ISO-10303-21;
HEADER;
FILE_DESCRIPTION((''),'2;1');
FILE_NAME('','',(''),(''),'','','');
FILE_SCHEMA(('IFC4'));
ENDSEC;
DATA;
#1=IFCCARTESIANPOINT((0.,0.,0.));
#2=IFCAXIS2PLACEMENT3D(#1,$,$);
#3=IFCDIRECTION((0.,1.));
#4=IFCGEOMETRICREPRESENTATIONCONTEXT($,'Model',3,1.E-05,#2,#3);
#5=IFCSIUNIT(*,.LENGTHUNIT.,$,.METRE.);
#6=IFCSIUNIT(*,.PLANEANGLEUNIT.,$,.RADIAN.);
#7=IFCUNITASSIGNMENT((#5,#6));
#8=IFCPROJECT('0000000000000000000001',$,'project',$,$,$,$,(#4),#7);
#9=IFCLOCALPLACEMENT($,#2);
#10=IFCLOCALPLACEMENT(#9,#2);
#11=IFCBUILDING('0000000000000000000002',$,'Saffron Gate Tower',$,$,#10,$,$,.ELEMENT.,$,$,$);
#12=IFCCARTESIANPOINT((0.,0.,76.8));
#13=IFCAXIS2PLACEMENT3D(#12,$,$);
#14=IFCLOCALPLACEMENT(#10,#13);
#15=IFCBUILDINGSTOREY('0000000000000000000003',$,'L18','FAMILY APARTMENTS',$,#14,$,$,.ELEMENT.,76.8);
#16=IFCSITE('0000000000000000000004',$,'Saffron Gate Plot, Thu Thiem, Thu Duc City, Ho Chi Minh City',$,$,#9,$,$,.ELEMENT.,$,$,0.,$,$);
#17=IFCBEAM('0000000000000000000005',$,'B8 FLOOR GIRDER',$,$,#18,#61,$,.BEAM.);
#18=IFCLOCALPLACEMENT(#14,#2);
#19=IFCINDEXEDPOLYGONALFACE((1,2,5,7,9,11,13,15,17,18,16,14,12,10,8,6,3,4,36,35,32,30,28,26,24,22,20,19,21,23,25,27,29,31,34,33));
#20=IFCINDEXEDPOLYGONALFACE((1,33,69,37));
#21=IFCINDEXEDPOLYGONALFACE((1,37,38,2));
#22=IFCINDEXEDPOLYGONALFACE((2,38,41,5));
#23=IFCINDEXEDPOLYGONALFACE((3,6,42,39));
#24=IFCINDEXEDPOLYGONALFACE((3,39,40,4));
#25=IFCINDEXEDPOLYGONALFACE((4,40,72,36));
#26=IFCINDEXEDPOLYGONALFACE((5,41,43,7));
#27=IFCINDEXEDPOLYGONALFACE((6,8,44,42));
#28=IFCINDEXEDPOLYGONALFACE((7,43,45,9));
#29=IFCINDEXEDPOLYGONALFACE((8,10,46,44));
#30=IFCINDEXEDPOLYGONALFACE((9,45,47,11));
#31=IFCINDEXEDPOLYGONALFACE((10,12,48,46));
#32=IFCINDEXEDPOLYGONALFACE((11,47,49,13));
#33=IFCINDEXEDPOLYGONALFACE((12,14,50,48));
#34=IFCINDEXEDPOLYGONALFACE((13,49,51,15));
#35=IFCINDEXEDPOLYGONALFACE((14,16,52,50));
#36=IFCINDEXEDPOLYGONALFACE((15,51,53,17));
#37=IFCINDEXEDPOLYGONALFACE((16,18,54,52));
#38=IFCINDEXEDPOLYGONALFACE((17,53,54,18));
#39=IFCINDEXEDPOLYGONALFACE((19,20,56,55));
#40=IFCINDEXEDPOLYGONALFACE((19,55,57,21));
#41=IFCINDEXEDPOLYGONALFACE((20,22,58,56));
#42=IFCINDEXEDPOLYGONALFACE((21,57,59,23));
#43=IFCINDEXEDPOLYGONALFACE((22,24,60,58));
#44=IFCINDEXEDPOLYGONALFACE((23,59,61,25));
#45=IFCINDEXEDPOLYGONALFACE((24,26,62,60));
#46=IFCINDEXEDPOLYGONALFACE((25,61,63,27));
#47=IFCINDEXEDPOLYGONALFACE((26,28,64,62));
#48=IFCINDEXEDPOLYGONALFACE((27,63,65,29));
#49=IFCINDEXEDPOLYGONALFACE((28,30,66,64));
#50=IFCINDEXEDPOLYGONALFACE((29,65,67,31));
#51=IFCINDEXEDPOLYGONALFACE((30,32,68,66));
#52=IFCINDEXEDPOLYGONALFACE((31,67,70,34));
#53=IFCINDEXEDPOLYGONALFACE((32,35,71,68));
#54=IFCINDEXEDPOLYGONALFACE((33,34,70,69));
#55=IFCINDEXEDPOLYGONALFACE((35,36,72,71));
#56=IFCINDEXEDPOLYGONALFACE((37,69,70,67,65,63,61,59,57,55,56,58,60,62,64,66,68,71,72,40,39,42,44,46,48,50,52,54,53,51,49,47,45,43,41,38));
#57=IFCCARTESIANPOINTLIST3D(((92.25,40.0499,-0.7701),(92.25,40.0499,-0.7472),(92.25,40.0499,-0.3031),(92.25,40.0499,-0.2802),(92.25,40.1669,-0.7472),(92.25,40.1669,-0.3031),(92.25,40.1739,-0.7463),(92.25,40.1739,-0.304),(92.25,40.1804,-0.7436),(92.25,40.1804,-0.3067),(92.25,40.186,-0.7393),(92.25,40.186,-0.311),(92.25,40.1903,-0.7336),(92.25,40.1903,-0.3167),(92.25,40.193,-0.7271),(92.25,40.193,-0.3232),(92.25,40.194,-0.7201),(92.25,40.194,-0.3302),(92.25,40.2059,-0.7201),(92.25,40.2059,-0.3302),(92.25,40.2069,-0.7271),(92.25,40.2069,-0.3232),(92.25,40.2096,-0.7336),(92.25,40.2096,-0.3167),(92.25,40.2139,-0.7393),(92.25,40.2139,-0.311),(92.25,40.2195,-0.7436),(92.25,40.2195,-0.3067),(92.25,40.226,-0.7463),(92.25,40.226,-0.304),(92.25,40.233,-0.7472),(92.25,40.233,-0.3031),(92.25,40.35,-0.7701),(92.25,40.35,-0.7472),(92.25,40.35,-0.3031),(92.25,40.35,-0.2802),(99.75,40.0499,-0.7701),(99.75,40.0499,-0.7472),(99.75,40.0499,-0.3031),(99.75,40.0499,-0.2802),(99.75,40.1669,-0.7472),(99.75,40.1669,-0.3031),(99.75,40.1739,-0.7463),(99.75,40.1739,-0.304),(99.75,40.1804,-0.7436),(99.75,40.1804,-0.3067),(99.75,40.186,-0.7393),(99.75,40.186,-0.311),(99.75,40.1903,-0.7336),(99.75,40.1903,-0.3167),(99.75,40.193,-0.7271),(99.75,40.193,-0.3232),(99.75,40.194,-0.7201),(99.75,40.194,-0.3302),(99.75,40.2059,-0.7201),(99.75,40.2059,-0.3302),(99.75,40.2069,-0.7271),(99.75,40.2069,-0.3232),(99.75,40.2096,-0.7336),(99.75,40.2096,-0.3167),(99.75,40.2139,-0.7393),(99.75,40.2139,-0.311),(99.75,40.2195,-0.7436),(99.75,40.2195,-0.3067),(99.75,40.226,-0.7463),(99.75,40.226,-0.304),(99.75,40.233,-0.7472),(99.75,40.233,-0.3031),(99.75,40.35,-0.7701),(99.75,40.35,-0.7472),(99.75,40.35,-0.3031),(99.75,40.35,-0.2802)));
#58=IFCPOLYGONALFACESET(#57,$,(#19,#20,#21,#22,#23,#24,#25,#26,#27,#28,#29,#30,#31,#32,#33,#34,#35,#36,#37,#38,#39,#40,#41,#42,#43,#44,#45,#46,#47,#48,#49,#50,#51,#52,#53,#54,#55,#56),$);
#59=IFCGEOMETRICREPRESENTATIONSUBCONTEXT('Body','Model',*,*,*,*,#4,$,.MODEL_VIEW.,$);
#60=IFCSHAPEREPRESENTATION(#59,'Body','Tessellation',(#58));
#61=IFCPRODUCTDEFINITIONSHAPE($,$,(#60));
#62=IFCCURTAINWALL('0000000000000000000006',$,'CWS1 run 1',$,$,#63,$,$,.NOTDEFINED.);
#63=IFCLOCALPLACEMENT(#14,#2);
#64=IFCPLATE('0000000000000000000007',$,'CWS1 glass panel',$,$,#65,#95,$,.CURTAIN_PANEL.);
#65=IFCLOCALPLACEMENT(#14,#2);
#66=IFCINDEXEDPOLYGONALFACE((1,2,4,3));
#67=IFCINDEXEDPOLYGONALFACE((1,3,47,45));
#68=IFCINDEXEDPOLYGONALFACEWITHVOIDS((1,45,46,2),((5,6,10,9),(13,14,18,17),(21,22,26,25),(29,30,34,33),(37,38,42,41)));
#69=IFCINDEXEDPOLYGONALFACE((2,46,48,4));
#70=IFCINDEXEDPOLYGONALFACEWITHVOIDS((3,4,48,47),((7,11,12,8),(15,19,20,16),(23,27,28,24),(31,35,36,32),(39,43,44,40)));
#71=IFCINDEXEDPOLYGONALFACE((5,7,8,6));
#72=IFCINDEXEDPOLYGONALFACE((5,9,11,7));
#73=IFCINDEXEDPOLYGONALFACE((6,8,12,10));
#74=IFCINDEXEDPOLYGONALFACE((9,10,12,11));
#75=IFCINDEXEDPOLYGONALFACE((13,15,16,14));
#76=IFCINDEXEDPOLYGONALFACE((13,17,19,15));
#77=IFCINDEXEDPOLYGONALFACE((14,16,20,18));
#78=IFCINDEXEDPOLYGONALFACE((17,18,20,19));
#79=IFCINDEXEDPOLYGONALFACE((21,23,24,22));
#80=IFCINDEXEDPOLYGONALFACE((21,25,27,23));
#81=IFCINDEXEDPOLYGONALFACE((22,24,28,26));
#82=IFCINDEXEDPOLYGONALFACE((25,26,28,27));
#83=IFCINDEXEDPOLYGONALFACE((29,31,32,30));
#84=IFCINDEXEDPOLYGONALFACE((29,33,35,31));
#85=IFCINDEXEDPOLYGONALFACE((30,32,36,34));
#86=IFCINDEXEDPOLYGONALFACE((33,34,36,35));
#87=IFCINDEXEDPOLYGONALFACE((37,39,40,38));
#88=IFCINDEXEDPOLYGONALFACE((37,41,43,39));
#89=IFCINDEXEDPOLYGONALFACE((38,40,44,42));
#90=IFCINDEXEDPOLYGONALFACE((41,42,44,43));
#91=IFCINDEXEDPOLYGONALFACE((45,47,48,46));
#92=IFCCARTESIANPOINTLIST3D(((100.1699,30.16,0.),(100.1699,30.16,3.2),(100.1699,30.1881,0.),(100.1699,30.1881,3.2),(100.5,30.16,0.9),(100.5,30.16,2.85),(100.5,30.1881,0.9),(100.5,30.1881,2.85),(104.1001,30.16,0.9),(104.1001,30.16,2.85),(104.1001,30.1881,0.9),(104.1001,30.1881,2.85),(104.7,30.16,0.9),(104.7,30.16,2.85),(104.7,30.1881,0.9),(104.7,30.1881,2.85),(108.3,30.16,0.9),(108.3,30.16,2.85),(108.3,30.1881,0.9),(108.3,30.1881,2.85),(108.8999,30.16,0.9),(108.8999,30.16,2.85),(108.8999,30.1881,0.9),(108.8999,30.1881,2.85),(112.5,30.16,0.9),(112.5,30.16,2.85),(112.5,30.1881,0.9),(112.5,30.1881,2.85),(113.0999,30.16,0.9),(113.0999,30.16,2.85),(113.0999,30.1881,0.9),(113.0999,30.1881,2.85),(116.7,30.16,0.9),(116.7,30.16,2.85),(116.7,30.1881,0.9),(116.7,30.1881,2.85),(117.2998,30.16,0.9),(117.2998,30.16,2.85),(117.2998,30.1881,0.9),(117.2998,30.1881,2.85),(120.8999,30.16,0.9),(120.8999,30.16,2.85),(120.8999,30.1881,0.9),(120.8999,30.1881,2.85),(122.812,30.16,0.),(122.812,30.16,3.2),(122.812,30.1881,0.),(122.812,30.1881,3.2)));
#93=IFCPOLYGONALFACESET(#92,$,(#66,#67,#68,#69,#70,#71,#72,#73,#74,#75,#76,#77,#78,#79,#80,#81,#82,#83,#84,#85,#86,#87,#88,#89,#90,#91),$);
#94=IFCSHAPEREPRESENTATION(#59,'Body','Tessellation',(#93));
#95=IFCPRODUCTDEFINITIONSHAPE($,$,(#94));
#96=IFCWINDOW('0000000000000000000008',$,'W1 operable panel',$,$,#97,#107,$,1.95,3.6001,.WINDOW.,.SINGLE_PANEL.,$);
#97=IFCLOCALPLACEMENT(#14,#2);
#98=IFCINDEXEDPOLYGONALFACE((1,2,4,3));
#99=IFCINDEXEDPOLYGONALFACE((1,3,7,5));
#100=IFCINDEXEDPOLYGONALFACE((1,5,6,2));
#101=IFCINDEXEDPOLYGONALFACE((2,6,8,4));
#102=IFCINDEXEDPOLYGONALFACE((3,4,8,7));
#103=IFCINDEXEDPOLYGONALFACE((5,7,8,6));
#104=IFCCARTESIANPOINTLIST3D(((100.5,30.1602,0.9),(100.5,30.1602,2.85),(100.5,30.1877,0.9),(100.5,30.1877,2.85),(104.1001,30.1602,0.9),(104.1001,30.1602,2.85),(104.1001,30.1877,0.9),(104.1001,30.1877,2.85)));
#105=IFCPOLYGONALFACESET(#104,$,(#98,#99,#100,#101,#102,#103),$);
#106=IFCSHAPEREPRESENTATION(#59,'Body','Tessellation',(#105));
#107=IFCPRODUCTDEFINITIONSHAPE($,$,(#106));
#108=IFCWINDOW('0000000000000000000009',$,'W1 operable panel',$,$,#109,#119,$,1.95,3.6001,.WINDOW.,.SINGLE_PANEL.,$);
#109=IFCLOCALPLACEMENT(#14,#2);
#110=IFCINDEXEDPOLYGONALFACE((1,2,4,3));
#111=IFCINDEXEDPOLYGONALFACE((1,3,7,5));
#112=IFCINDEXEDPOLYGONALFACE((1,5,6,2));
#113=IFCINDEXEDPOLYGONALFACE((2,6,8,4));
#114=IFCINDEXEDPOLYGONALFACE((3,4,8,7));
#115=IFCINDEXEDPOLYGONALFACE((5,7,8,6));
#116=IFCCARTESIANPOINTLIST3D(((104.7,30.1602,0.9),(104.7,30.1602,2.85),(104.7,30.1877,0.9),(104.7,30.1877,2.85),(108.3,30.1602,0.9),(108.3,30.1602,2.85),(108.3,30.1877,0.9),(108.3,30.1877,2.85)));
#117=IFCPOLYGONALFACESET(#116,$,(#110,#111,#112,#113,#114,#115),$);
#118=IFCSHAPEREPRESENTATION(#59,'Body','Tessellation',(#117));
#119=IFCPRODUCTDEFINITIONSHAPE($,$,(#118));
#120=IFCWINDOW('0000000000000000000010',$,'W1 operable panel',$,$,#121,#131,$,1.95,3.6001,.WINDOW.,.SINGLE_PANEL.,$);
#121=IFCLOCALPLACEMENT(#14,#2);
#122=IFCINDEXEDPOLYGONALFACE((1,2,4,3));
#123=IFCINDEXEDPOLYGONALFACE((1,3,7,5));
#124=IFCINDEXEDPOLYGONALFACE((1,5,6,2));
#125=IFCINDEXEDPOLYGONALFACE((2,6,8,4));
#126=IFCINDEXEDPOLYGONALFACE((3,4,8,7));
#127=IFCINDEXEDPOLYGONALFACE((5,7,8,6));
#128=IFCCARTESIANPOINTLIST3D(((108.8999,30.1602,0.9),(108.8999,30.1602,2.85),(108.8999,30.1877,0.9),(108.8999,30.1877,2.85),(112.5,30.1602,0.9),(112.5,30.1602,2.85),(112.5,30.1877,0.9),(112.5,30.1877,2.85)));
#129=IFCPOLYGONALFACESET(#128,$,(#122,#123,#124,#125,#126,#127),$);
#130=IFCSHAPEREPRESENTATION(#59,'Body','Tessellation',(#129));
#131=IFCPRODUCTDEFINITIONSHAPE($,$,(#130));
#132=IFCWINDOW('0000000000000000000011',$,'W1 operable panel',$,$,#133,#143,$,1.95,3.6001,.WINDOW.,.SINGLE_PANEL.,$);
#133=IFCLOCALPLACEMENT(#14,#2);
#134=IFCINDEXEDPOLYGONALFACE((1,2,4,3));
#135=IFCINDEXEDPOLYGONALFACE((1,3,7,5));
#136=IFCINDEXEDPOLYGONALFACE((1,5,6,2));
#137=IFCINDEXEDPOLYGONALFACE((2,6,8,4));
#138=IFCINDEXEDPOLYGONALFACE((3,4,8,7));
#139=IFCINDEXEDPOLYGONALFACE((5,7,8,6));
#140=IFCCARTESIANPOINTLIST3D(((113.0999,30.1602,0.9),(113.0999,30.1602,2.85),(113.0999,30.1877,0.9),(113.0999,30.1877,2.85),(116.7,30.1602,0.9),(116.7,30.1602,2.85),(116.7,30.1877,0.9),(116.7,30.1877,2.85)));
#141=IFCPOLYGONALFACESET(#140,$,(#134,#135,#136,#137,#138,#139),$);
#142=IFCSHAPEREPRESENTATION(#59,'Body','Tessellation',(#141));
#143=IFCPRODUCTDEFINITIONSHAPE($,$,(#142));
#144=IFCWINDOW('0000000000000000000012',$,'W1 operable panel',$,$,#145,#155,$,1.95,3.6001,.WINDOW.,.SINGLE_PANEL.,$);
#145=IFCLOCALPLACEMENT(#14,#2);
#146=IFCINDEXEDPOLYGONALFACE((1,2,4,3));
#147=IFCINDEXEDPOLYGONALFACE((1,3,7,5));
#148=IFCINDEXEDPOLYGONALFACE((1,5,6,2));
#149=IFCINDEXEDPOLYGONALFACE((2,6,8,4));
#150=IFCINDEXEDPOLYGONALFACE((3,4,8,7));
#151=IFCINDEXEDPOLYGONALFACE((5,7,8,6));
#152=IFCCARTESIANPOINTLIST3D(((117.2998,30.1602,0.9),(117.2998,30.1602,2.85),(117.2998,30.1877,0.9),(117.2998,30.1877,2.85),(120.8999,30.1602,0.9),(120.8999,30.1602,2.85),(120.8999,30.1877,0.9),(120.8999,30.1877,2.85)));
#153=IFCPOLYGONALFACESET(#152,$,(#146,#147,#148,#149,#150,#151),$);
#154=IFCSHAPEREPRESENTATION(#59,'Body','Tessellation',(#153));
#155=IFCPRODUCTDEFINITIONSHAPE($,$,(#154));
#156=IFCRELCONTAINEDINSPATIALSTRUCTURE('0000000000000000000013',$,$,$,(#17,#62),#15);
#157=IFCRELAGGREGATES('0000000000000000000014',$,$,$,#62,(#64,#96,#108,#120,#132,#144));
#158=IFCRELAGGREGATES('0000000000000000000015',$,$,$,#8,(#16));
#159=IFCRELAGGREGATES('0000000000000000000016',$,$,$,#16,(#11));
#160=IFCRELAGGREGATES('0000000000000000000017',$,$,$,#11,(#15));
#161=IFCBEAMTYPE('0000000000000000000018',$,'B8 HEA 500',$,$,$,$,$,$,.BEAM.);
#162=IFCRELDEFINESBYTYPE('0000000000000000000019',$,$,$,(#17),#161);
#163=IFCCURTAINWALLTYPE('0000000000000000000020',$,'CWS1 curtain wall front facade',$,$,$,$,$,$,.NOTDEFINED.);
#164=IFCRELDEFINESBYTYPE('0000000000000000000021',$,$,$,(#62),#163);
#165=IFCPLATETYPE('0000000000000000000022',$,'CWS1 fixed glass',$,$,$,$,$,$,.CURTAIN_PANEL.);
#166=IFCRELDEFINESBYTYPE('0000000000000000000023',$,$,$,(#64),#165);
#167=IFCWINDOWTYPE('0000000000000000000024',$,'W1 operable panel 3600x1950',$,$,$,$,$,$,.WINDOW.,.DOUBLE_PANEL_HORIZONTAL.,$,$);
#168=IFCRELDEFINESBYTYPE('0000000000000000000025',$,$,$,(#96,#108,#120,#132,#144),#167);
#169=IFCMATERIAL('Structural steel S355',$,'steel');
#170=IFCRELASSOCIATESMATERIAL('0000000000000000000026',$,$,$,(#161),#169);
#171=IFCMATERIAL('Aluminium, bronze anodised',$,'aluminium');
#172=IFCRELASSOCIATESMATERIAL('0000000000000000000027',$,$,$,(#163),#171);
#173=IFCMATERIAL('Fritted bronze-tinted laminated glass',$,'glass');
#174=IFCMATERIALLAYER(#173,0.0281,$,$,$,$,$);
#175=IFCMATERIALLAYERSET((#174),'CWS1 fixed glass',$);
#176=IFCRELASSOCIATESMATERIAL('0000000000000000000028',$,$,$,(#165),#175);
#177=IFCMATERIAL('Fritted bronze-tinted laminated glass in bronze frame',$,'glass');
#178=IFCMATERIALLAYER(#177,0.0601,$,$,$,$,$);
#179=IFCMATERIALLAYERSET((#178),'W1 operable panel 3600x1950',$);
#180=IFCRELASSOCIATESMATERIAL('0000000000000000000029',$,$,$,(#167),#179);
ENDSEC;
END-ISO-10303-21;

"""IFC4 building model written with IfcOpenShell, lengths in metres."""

from ifc_helpers import new_model, si_unit, direction, frame, frame_2d, origin, origin_2d, place, context, subcontext, project, spatial, rectangle, i_section, extrude, material, layer, layer_set, material_profile, profile_set, type_object, element, fill, aggregate, save


model = new_model("IFC4")

# Units and contexts
model_context = context("Model", 3, precision=1e-05, world=origin(), true_north=direction((0.0, 1.0)))
body_context = subcontext(model_context, "Body", "Model", "MODEL_VIEW")
ifc_project = project(units=[si_unit("LENGTHUNIT", "METRE"), si_unit("PLANEANGLEUNIT", "RADIAN")], contexts=[model_context])

# Site, building, storey
site_placement = place(None, origin())
site = spatial("IfcSite", under=ifc_project, at=site_placement, Name="Saffron Gate Plot, Thu Thiem, Thu Duc City, Ho Chi Minh City", CompositionType="ELEMENT", RefElevation=0.0)
building_placement = place(site_placement, origin())
building = spatial("IfcBuilding", under=site, at=building_placement, Name="Saffron Gate Tower", CompositionType="ELEMENT")
storey_placement = place(building_placement, frame((0.0, 0.0, 76.8)))
storey = spatial("IfcBuildingStorey", under=building, at=storey_placement, Name="L18", Description="FAMILY APARTMENTS", CompositionType="ELEMENT", Elevation=76.8)

# Beam
ifc_material_1 = material(Name="Structural steel S355", Category="steel")
ifc_material_profile_1 = material_profile(ifc_material_1, i_section(OverallWidth=0.3, OverallDepth=0.49, WebThickness=0.012, FlangeThickness=0.0229, FilletRadius=0.0271, at=origin_2d()))
ifc_profile_set_1 = profile_set([ifc_material_profile_1], Name="Structural steel S355")
beam_type_1 = type_object("IfcBeamType", Name="B8 HEA 500", PredefinedType="BEAM", material=ifc_profile_set_1)
for number, where, z_axis, x_axis, name in (
    (1, (92.25, 40.2, -0.5251), (1.0, 0.0, 0.0), (0.0, 1.0, 0.0), "B8 FLOOR GIRDER"),
):
    element("IfcBeam", number, at=place(storey_placement, frame(where, z_axis=z_axis, x_axis=x_axis)), inside=storey, type_object=beam_type_1, Name=name, PredefinedType="BEAM", context=body_context, shape_type="SweptSolid", body=[
        extrude(i_section(OverallWidth=0.3, OverallDepth=0.49, WebThickness=0.012, FlangeThickness=0.0229, FilletRadius=0.0271, at=origin_2d()), origin(), (0.0, 0.0, 1.0), 7.5),
    ])

# Curtain wall, plate, openings, windows
ifc_material_2 = material(Name="Aluminium, bronze anodised", Category="aluminium")
curtain_wall_type = type_object("IfcCurtainWallType", Name="CWS1 curtain wall front facade", PredefinedType="NOTDEFINED", material=ifc_material_2)
curtain_wall_placement = place(storey_placement, origin())
curtain_wall = element("IfcCurtainWall", 2, at=curtain_wall_placement, inside=storey, type_object=curtain_wall_type, Name="CWS1 run 1", PredefinedType="NOTDEFINED")
ifc_material_3 = material(Name="Fritted bronze-tinted laminated glass", Category="glass")
ifc_layer_1 = layer(ifc_material_3, 0.0281)
ifc_layer_set_1 = layer_set([ifc_layer_1], Name="CWS1 fixed glass")
plate_type = type_object("IfcPlateType", Name="CWS1 fixed glass", PredefinedType="CURTAIN_PANEL", material=ifc_layer_set_1)
plate_placement = place(storey_placement, frame((100.1699, 30.1741, 0.0), z_axis=(0.0, 0.0, 1.0), x_axis=(1.0, 0.0, 0.0)))
plate = element("IfcPlate", 3, at=plate_placement, type_object=plate_type, Name="CWS1 glass panel", PredefinedType="CURTAIN_PANEL", context=body_context, shape_type="SweptSolid", body=[
    extrude(rectangle(XDim=22.6421, YDim=0.0281, at=frame_2d((11.321, 0.0))), origin(), (0.0, 0.0, 1.0), 3.2),
])
opening_1_placement = place(plate_placement, frame((0.3301, 0.0, 0.8999)))
opening_1 = element("IfcOpeningElement", 4, at=opening_1_placement, cuts=plate, PredefinedType="OPENING", context=body_context, shape_type="SweptSolid", body=[
    extrude(rectangle(XDim=3.6001, YDim=1.95, at=frame_2d((1.8, 0.9751))), frame((0.0, 0.0239, 0.0), z_axis=(0.0, -1.0, 0.0), x_axis=(1.0, 0.0, 0.0)), (0.0, 0.0, 1.0), 0.0481),
])
opening_2_placement = place(plate_placement, frame((4.53, 0.0, 0.8999)))
opening_2 = element("IfcOpeningElement", 5, at=opening_2_placement, cuts=plate, PredefinedType="OPENING", context=body_context, shape_type="SweptSolid", body=[
    extrude(rectangle(XDim=3.6001, YDim=1.95, at=frame_2d((1.8, 0.9751))), frame((0.0, 0.0239, 0.0), z_axis=(0.0, -1.0, 0.0), x_axis=(1.0, 0.0, 0.0)), (0.0, 0.0, 1.0), 0.0481),
])
opening_3_placement = place(plate_placement, frame((8.73, 0.0, 0.8999)))
opening_3 = element("IfcOpeningElement", 6, at=opening_3_placement, cuts=plate, PredefinedType="OPENING", context=body_context, shape_type="SweptSolid", body=[
    extrude(rectangle(XDim=3.6001, YDim=1.95, at=frame_2d((1.8, 0.9751))), frame((0.0, 0.0239, 0.0), z_axis=(0.0, -1.0, 0.0), x_axis=(1.0, 0.0, 0.0)), (0.0, 0.0, 1.0), 0.0481),
])
opening_4_placement = place(plate_placement, frame((12.9299, 0.0, 0.8999)))
opening_4 = element("IfcOpeningElement", 7, at=opening_4_placement, cuts=plate, PredefinedType="OPENING", context=body_context, shape_type="SweptSolid", body=[
    extrude(rectangle(XDim=3.6001, YDim=1.95, at=frame_2d((1.8, 0.9751))), frame((0.0, 0.0239, 0.0), z_axis=(0.0, -1.0, 0.0), x_axis=(1.0, 0.0, 0.0)), (0.0, 0.0, 1.0), 0.0481),
])
opening_5_placement = place(plate_placement, frame((17.1299, 0.0, 0.8999)))
opening_5 = element("IfcOpeningElement", 8, at=opening_5_placement, cuts=plate, PredefinedType="OPENING", context=body_context, shape_type="SweptSolid", body=[
    extrude(rectangle(XDim=3.6001, YDim=1.95, at=frame_2d((1.8, 0.9751))), frame((0.0, 0.0239, 0.0), z_axis=(0.0, -1.0, 0.0), x_axis=(1.0, 0.0, 0.0)), (0.0, 0.0, 1.0), 0.0481),
])
ifc_material_4 = material(Name="Fritted bronze-tinted laminated glass in bronze frame", Category="glass")
ifc_layer_2 = layer(ifc_material_4, 0.0601)
ifc_layer_set_2 = layer_set([ifc_layer_2], Name="W1 operable panel 3600x1950")
window_type = type_object("IfcWindowType", Name="W1 operable panel 3600x1950", PartitioningType="DOUBLE_PANEL_HORIZONTAL", PredefinedType="WINDOW", material=ifc_layer_set_2)
window_1_placement = place(opening_1_placement, origin())
window_1 = element("IfcWindow", 9, at=window_1_placement, type_object=window_type, Name="W1 operable panel", OverallHeight=1.95, OverallWidth=3.6001, PartitioningType="SINGLE_PANEL", PredefinedType="WINDOW", context=body_context, shape_type="SweptSolid", body=[
    extrude(rectangle(XDim=3.6001, YDim=1.95, at=frame_2d((1.8, 0.9751))), frame((0.0, 0.0137, 0.0), z_axis=(0.0, -1.0, 0.0), x_axis=(1.0, 0.0, 0.0)), (0.0, 0.0, 1.0), 0.0276),
])
fill(opening_1, window_1)
window_2_placement = place(opening_2_placement, origin())
window_2 = element("IfcWindow", 10, at=window_2_placement, type_object=window_type, Name="W1 operable panel", OverallHeight=1.95, OverallWidth=3.6001, PartitioningType="SINGLE_PANEL", PredefinedType="WINDOW", context=body_context, shape_type="SweptSolid", body=[
    extrude(rectangle(XDim=3.6001, YDim=1.95, at=frame_2d((1.8, 0.9751))), frame((0.0, 0.0137, 0.0), z_axis=(0.0, -1.0, 0.0), x_axis=(1.0, 0.0, 0.0)), (0.0, 0.0, 1.0), 0.0276),
])
fill(opening_2, window_2)
window_3_placement = place(opening_3_placement, origin())
window_3 = element("IfcWindow", 11, at=window_3_placement, type_object=window_type, Name="W1 operable panel", OverallHeight=1.95, OverallWidth=3.6001, PartitioningType="SINGLE_PANEL", PredefinedType="WINDOW", context=body_context, shape_type="SweptSolid", body=[
    extrude(rectangle(XDim=3.6001, YDim=1.95, at=frame_2d((1.8, 0.9751))), frame((0.0, 0.0137, 0.0), z_axis=(0.0, -1.0, 0.0), x_axis=(1.0, 0.0, 0.0)), (0.0, 0.0, 1.0), 0.0276),
])
fill(opening_3, window_3)
window_4_placement = place(opening_4_placement, origin())
window_4 = element("IfcWindow", 12, at=window_4_placement, type_object=window_type, Name="W1 operable panel", OverallHeight=1.95, OverallWidth=3.6001, PartitioningType="SINGLE_PANEL", PredefinedType="WINDOW", context=body_context, shape_type="SweptSolid", body=[
    extrude(rectangle(XDim=3.6001, YDim=1.95, at=frame_2d((1.8, 0.9751))), frame((0.0, 0.0137, 0.0), z_axis=(0.0, -1.0, 0.0), x_axis=(1.0, 0.0, 0.0)), (0.0, 0.0, 1.0), 0.0276),
])
fill(opening_4, window_4)
window_5_placement = place(opening_5_placement, origin())
window_5 = element("IfcWindow", 13, at=window_5_placement, type_object=window_type, Name="W1 operable panel", OverallHeight=1.95, OverallWidth=3.6001, PartitioningType="SINGLE_PANEL", PredefinedType="WINDOW", context=body_context, shape_type="SweptSolid", body=[
    extrude(rectangle(XDim=3.6001, YDim=1.95, at=frame_2d((1.8, 0.9751))), frame((0.0, 0.0137, 0.0), z_axis=(0.0, -1.0, 0.0), x_axis=(1.0, 0.0, 0.0)), (0.0, 0.0, 1.0), 0.0276),
])
fill(opening_5, window_5)
aggregate(curtain_wall, [plate, window_1, window_2, window_3, window_4, window_5])

save(model, "model.ifc")
